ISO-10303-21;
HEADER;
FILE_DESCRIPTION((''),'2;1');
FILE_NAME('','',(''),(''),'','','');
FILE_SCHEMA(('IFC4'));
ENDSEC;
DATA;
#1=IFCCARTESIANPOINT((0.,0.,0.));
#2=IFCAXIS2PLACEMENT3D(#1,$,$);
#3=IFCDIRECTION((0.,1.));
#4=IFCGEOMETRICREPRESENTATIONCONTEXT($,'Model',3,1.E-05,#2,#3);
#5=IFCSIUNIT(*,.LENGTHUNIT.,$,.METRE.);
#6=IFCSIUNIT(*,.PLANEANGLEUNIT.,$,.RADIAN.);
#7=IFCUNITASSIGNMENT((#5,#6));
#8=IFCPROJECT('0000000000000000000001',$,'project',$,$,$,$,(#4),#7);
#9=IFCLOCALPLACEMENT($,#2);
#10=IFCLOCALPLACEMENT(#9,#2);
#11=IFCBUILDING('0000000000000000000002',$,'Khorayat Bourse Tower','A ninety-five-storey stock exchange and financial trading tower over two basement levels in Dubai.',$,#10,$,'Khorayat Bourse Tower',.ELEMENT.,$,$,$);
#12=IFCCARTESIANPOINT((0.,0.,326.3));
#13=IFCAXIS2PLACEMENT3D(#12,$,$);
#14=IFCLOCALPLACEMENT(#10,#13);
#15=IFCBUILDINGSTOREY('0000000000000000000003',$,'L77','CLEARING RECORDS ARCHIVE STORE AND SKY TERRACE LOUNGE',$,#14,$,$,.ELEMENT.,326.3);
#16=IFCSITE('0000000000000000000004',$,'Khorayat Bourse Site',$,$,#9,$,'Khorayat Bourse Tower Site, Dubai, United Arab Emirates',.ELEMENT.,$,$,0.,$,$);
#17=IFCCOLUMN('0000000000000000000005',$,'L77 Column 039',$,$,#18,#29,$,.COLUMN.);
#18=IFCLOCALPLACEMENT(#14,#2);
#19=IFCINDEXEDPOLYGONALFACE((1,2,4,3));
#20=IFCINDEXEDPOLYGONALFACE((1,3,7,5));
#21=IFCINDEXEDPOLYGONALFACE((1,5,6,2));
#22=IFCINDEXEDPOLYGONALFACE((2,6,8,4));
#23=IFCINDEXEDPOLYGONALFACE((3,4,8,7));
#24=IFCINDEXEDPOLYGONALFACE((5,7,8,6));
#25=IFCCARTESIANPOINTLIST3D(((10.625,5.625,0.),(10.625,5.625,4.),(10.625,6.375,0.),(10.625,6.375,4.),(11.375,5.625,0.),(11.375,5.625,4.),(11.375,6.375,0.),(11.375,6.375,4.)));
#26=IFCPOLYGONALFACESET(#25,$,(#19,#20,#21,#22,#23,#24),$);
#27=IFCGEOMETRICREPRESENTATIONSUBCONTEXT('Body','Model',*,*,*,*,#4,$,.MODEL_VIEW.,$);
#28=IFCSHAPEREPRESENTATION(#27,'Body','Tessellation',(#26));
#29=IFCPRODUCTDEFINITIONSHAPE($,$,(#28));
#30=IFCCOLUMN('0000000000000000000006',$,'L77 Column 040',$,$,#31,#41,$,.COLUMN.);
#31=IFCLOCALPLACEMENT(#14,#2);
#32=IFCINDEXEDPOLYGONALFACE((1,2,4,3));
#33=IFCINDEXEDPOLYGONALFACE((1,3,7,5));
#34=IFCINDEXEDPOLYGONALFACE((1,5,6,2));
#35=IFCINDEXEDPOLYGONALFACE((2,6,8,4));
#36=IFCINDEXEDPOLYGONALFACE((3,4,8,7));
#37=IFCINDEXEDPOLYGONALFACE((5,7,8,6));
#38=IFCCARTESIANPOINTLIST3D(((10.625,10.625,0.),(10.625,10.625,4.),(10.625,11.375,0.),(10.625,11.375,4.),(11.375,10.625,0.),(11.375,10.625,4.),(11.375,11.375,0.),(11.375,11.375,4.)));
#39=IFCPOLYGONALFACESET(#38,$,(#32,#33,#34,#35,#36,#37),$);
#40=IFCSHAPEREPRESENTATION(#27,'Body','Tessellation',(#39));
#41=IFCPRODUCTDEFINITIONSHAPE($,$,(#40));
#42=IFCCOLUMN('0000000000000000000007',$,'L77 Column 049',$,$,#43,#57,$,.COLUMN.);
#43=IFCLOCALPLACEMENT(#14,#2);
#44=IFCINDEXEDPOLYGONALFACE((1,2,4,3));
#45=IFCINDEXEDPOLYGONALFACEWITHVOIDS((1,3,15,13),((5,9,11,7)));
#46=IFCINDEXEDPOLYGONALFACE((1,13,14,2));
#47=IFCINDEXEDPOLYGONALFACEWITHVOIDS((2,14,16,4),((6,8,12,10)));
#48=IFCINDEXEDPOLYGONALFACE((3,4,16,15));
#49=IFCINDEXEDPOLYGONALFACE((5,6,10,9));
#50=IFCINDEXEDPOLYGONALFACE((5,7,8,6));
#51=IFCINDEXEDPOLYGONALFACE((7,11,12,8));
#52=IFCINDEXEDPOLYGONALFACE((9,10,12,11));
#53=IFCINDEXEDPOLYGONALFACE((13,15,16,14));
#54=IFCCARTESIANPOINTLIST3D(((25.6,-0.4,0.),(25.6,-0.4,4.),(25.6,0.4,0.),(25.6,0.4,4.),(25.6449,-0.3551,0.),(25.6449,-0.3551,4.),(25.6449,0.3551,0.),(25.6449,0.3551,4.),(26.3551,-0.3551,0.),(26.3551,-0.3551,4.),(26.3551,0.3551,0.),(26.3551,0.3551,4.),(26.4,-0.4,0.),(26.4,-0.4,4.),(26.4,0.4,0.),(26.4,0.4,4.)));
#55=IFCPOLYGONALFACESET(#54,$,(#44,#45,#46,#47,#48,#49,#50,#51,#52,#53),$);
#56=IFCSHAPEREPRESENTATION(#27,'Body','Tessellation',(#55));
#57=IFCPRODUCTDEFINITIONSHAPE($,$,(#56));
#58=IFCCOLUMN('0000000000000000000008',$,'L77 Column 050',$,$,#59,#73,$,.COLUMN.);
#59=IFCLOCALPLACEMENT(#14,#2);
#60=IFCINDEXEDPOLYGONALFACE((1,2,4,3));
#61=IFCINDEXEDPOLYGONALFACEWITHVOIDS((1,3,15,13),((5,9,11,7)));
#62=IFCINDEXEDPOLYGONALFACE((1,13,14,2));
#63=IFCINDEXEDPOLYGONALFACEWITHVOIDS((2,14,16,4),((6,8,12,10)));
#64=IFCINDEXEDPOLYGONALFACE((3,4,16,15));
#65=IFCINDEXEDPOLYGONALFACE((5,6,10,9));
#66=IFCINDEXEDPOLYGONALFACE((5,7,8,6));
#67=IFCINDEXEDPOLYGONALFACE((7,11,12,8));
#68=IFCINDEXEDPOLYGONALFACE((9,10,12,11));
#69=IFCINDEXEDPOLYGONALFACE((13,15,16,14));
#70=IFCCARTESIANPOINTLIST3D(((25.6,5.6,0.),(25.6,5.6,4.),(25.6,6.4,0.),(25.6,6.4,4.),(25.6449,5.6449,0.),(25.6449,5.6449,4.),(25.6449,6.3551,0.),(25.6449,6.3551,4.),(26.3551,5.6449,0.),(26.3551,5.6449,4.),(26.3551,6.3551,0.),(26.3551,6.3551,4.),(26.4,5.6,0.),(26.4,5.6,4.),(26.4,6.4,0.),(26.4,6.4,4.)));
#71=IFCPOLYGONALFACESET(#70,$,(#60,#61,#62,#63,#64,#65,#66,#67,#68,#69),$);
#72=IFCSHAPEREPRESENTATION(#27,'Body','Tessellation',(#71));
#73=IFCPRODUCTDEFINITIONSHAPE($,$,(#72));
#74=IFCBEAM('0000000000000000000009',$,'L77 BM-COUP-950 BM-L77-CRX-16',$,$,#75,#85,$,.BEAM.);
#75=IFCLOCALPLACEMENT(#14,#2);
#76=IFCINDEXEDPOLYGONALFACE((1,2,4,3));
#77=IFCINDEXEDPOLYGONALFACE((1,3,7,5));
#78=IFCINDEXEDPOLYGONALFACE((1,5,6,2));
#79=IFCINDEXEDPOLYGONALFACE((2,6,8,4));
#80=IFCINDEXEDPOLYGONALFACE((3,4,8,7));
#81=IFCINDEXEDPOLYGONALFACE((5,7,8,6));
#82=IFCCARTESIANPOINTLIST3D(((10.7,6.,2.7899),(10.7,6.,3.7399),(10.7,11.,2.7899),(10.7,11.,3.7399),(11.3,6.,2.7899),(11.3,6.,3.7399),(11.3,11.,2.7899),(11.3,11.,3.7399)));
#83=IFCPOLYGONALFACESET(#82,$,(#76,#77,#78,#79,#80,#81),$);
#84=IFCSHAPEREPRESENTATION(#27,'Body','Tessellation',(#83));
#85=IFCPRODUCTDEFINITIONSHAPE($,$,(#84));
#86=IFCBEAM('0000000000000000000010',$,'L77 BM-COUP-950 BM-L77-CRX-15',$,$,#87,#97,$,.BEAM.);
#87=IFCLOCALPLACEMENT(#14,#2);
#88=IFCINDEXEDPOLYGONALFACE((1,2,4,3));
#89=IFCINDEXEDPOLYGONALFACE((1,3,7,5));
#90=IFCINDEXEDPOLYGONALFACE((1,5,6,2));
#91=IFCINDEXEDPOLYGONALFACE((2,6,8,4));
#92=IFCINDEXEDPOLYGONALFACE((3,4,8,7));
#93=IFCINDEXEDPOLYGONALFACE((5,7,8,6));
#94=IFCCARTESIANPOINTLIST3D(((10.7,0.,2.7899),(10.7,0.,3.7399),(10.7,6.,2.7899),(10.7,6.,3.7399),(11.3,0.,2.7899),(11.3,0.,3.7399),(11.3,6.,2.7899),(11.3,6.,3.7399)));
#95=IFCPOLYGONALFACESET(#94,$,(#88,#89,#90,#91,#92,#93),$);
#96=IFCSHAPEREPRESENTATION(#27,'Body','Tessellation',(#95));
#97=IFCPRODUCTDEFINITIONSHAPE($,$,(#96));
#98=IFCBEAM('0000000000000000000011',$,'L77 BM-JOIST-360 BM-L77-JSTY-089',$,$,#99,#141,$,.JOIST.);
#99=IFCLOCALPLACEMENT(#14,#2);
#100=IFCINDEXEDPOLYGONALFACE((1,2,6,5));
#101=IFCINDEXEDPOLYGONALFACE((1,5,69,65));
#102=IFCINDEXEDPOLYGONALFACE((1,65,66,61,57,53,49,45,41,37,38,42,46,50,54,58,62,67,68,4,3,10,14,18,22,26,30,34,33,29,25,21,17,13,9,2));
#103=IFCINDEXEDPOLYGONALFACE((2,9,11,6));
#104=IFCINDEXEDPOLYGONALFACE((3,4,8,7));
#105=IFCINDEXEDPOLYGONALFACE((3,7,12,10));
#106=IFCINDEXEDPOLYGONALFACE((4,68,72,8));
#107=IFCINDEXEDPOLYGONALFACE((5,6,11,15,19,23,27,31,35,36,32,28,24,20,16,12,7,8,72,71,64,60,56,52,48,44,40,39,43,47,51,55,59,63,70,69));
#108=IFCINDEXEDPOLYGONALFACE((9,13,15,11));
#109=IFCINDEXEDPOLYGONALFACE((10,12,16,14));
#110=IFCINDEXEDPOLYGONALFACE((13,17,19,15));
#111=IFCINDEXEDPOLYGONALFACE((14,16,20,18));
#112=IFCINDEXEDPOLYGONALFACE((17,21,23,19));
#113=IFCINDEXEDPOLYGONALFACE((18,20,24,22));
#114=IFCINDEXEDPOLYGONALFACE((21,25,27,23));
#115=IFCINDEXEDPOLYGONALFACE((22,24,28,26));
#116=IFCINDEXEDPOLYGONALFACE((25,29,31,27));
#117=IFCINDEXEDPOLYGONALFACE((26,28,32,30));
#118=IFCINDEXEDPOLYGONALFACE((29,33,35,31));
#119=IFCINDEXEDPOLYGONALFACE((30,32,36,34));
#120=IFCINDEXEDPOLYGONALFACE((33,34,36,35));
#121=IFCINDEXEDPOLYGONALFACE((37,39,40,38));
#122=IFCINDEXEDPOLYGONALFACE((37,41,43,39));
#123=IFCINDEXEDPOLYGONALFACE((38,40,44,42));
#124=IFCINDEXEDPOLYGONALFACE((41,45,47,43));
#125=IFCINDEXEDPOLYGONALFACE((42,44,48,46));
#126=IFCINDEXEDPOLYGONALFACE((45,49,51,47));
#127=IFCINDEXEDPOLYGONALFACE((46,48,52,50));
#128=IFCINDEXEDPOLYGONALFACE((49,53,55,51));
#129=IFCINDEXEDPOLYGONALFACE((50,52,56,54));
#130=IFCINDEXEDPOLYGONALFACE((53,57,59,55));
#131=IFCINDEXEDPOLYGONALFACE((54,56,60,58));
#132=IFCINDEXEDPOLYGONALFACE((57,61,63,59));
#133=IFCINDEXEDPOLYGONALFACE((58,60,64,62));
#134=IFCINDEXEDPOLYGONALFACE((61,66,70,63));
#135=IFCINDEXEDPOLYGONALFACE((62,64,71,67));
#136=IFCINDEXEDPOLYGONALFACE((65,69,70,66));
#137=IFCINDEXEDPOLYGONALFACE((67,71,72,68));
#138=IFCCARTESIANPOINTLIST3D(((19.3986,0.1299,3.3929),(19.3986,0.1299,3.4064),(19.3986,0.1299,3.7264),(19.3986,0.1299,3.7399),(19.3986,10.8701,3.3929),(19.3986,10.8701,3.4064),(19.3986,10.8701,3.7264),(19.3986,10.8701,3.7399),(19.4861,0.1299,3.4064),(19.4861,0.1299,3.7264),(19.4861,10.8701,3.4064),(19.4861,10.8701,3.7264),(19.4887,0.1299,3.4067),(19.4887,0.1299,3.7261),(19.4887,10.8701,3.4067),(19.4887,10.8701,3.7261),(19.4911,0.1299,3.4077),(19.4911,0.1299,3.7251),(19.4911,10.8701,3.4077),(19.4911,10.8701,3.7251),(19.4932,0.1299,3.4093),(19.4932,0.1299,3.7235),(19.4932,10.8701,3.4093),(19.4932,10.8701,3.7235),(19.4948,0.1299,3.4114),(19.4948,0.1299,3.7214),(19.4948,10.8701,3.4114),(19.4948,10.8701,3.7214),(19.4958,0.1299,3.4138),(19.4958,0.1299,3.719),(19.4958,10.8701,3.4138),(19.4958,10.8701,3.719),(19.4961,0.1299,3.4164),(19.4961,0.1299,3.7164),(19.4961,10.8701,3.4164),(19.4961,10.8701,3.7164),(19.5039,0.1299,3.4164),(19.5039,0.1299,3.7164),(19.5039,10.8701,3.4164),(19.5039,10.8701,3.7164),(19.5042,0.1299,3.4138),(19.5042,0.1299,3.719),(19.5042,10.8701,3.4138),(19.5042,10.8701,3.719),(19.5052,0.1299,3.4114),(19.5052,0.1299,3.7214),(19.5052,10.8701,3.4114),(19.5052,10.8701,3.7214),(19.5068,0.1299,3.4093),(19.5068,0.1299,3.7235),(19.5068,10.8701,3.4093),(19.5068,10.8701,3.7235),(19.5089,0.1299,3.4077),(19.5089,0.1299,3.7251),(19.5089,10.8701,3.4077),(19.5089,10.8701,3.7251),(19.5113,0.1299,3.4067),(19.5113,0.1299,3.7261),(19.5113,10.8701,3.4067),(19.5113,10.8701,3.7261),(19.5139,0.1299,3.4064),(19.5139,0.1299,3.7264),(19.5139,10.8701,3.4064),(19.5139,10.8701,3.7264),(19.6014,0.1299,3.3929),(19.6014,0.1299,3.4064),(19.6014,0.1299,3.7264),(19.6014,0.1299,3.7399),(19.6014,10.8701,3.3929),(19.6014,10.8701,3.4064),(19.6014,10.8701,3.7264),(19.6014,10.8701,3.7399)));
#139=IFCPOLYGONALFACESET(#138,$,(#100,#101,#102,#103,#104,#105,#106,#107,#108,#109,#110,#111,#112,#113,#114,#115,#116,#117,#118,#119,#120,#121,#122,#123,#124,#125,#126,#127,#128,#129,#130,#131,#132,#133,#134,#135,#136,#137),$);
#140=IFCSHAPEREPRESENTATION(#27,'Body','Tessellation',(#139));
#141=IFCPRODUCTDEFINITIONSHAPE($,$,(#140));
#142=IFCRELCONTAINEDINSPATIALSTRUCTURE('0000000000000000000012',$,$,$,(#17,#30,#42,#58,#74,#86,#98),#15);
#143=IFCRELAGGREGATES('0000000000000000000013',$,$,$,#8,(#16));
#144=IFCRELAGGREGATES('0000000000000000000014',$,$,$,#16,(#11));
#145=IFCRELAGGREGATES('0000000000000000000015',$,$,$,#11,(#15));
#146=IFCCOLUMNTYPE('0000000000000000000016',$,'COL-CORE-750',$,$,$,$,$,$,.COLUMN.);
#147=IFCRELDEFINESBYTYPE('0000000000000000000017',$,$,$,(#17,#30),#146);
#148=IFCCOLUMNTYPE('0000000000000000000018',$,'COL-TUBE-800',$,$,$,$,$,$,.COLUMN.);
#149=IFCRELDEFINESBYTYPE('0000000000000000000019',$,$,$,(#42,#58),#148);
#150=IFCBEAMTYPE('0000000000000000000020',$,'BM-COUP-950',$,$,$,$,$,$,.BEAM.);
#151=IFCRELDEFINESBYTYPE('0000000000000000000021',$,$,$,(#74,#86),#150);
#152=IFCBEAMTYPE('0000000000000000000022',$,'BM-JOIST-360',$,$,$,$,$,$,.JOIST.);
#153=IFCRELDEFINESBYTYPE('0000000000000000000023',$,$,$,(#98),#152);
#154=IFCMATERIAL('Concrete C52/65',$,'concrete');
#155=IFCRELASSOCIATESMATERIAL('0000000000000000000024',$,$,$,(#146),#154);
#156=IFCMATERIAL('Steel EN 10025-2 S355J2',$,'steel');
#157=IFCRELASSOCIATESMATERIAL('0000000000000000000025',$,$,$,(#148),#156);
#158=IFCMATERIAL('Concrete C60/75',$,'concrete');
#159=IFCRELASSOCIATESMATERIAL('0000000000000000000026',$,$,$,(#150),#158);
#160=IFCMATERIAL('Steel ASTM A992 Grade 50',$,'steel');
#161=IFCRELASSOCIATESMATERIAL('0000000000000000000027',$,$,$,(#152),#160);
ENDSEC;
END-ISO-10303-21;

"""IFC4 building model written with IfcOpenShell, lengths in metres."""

from ifc_helpers import new_model, si_unit, direction, frame, origin, origin_2d, place, context, subcontext, project, spatial, rectangle, hollow_rectangle, i_section, extrude, source, transform, mapped, material, material_profile, profile_set, type_object, element, save


model = new_model("IFC4")

# Units and contexts
model_context = context("Model", 3, precision=1e-05, world=origin(), true_north=direction((0.0, 1.0)))
body_context = subcontext(model_context, "Body", "Model", "MODEL_VIEW")
ifc_project = project(units=[si_unit("LENGTHUNIT", "METRE"), si_unit("PLANEANGLEUNIT", "RADIAN")], contexts=[model_context])

# Site, building, storey
site_placement = place(None, origin())
site = spatial("IfcSite", under=ifc_project, at=site_placement, Name="Khorayat Bourse Site", LongName="Khorayat Bourse Tower Site, Dubai, United Arab Emirates", CompositionType="ELEMENT", RefElevation=0.0)
building_placement = place(site_placement, origin())
building = spatial("IfcBuilding", under=site, at=building_placement, Name="Khorayat Bourse Tower", Description="A ninety-five-storey stock exchange and financial trading tower over two basement levels in Dubai.", LongName="Khorayat Bourse Tower", CompositionType="ELEMENT")
storey_placement = place(building_placement, frame((0.0, 0.0, 326.3)))
storey = spatial("IfcBuildingStorey", under=building, at=storey_placement, Name="L77", Description="CLEARING RECORDS ARCHIVE STORE AND SKY TERRACE LOUNGE", CompositionType="ELEMENT", Elevation=326.3)

# Columns
ifc_material_1 = material(Name="Concrete C52/65", Category="concrete")
ifc_material_profile_1 = material_profile(ifc_material_1, rectangle(XDim=0.75, YDim=0.75, at=origin_2d()), Name="RC 750x750")
ifc_profile_set_1 = profile_set([ifc_material_profile_1], Name="Concrete C52/65")
column_type_1 = type_object("IfcColumnType", Name="COL-CORE-750", PredefinedType="COLUMN", material=ifc_profile_set_1)
shared_shape_1 = source(origin(), body_context, "Body", "SweptSolid", [
    extrude(rectangle(XDim=0.75, YDim=0.75, at=origin_2d()), origin(), (0.0, 0.0, 1.0), 4.0),
])
for number, where, z_axis, x_axis, name in (
    (1, (11.0, 6.0, 0.0), (0.0, 0.0, 1.0), (1.0, 0.0, 0.0), "L77 Column 039"),
    (2, (11.0, 11.0, 0.0), (0.0, 0.0, 1.0), (1.0, 0.0, 0.0), "L77 Column 040"),
):
    element("IfcColumn", number, at=place(storey_placement, frame(where, z_axis=z_axis, x_axis=x_axis)), inside=storey, type_object=column_type_1, Name=name, PredefinedType="COLUMN", context=body_context, shape_type="MappedRepresentation", body=[
        mapped(shared_shape_1, transform((0.0, 0.0, 0.0), scale=1.0)),
    ])
ifc_material_2 = material(Name="Steel EN 10025-2 S355J2", Category="steel")
ifc_material_profile_2 = material_profile(ifc_material_2, hollow_rectangle(XDim=0.8, YDim=0.8, WallThickness=0.0449, at=origin_2d()), Name="BOX 800x800x45")
ifc_profile_set_2 = profile_set([ifc_material_profile_2], Name="Steel EN 10025-2 S355J2")
column_type_2 = type_object("IfcColumnType", Name="COL-TUBE-800", PredefinedType="COLUMN", material=ifc_profile_set_2)
shared_shape_2 = source(origin(), body_context, "Body", "SweptSolid", [
    extrude(hollow_rectangle(XDim=0.8, YDim=0.8, WallThickness=0.0449, at=origin_2d()), origin(), (0.0, 0.0, 1.0), 4.0),
])
for number, where, z_axis, x_axis, name in (
    (3, (26.0, 0.0, 0.0), (0.0, 0.0, 1.0), (1.0, 0.0, 0.0), "L77 Column 049"),
    (4, (26.0, 6.0, 0.0), (0.0, 0.0, 1.0), (1.0, 0.0, 0.0), "L77 Column 050"),
):
    element("IfcColumn", number, at=place(storey_placement, frame(where, z_axis=z_axis, x_axis=x_axis)), inside=storey, type_object=column_type_2, Name=name, PredefinedType="COLUMN", context=body_context, shape_type="MappedRepresentation", body=[
        mapped(shared_shape_2, transform((0.0, 0.0, 0.0), scale=1.0)),
    ])

# Beams
ifc_material_3 = material(Name="Concrete C60/75", Category="concrete")
ifc_material_profile_3 = material_profile(ifc_material_3, rectangle(XDim=0.6001, YDim=0.95, at=origin_2d()), Name="RC 600x950")
ifc_profile_set_3 = profile_set([ifc_material_profile_3], Name="Concrete C60/75")
beam_type_1 = type_object("IfcBeamType", Name="BM-COUP-950", PredefinedType="BEAM", material=ifc_profile_set_3)
shared_shape_3 = source(origin(), body_context, "Body", "SweptSolid", [
    extrude(rectangle(XDim=0.6001, YDim=0.95, at=origin_2d()), origin(), (0.0, 0.0, 1.0), 5.0),
])
beam_1_placement = place(storey_placement, frame((11.0, 6.0, 3.2649), z_axis=(0.0, 1.0, 0.0), x_axis=(-1.0, 0.0, 0.0)))
element("IfcBeam", 5, at=beam_1_placement, inside=storey, type_object=beam_type_1, Name="L77 BM-COUP-950 BM-L77-CRX-16", PredefinedType="BEAM", context=body_context, shape_type="MappedRepresentation", body=[
    mapped(shared_shape_3, transform((0.0, 0.0, 0.0), scale=1.0)),
])
shared_shape_4 = source(origin(), body_context, "Body", "SweptSolid", [
    extrude(rectangle(XDim=0.6001, YDim=0.95, at=origin_2d()), origin(), (0.0, 0.0, 1.0), 6.0),
])
beam_2_placement = place(storey_placement, frame((11.0, 0.0, 3.2649), z_axis=(0.0, 1.0, 0.0), x_axis=(-1.0, 0.0, 0.0)))
element("IfcBeam", 6, at=beam_2_placement, inside=storey, type_object=beam_type_1, Name="L77 BM-COUP-950 BM-L77-CRX-15", PredefinedType="BEAM", context=body_context, shape_type="MappedRepresentation", body=[
    mapped(shared_shape_4, transform((0.0, 0.0, 0.0), scale=1.0)),
])
ifc_material_4 = material(Name="Steel ASTM A992 Grade 50", Category="steel")
ifc_material_profile_4 = material_profile(ifc_material_4, i_section(OverallWidth=0.2029, OverallDepth=0.3469, WebThickness=0.0078, FlangeThickness=0.0134, FilletRadius=0.01, at=origin_2d()), Name="W360X64")
ifc_profile_set_4 = profile_set([ifc_material_profile_4], Name="Steel ASTM A992 Grade 50")
beam_type_2 = type_object("IfcBeamType", Name="BM-JOIST-360", PredefinedType="JOIST", material=ifc_profile_set_4)
shared_shape_5 = source(origin(), body_context, "Body", "SweptSolid", [
    extrude(i_section(OverallWidth=0.2029, OverallDepth=0.3469, WebThickness=0.0078, FlangeThickness=0.0134, FilletRadius=0.01, at=origin_2d()), origin(), (0.0, 0.0, 1.0), 10.7402),
])
beam_3_placement = place(storey_placement, frame((19.5, 0.1299, 3.5664), z_axis=(0.0, 1.0, 0.0), x_axis=(-1.0, 0.0, 0.0)))
element("IfcBeam", 7, at=beam_3_placement, inside=storey, type_object=beam_type_2, Name="L77 BM-JOIST-360 BM-L77-JSTY-089", PredefinedType="JOIST", context=body_context, shape_type="MappedRepresentation", body=[
    mapped(shared_shape_5, transform((0.0, 0.0, 0.0), scale=1.0)),
])

save(model, "model.ifc")
